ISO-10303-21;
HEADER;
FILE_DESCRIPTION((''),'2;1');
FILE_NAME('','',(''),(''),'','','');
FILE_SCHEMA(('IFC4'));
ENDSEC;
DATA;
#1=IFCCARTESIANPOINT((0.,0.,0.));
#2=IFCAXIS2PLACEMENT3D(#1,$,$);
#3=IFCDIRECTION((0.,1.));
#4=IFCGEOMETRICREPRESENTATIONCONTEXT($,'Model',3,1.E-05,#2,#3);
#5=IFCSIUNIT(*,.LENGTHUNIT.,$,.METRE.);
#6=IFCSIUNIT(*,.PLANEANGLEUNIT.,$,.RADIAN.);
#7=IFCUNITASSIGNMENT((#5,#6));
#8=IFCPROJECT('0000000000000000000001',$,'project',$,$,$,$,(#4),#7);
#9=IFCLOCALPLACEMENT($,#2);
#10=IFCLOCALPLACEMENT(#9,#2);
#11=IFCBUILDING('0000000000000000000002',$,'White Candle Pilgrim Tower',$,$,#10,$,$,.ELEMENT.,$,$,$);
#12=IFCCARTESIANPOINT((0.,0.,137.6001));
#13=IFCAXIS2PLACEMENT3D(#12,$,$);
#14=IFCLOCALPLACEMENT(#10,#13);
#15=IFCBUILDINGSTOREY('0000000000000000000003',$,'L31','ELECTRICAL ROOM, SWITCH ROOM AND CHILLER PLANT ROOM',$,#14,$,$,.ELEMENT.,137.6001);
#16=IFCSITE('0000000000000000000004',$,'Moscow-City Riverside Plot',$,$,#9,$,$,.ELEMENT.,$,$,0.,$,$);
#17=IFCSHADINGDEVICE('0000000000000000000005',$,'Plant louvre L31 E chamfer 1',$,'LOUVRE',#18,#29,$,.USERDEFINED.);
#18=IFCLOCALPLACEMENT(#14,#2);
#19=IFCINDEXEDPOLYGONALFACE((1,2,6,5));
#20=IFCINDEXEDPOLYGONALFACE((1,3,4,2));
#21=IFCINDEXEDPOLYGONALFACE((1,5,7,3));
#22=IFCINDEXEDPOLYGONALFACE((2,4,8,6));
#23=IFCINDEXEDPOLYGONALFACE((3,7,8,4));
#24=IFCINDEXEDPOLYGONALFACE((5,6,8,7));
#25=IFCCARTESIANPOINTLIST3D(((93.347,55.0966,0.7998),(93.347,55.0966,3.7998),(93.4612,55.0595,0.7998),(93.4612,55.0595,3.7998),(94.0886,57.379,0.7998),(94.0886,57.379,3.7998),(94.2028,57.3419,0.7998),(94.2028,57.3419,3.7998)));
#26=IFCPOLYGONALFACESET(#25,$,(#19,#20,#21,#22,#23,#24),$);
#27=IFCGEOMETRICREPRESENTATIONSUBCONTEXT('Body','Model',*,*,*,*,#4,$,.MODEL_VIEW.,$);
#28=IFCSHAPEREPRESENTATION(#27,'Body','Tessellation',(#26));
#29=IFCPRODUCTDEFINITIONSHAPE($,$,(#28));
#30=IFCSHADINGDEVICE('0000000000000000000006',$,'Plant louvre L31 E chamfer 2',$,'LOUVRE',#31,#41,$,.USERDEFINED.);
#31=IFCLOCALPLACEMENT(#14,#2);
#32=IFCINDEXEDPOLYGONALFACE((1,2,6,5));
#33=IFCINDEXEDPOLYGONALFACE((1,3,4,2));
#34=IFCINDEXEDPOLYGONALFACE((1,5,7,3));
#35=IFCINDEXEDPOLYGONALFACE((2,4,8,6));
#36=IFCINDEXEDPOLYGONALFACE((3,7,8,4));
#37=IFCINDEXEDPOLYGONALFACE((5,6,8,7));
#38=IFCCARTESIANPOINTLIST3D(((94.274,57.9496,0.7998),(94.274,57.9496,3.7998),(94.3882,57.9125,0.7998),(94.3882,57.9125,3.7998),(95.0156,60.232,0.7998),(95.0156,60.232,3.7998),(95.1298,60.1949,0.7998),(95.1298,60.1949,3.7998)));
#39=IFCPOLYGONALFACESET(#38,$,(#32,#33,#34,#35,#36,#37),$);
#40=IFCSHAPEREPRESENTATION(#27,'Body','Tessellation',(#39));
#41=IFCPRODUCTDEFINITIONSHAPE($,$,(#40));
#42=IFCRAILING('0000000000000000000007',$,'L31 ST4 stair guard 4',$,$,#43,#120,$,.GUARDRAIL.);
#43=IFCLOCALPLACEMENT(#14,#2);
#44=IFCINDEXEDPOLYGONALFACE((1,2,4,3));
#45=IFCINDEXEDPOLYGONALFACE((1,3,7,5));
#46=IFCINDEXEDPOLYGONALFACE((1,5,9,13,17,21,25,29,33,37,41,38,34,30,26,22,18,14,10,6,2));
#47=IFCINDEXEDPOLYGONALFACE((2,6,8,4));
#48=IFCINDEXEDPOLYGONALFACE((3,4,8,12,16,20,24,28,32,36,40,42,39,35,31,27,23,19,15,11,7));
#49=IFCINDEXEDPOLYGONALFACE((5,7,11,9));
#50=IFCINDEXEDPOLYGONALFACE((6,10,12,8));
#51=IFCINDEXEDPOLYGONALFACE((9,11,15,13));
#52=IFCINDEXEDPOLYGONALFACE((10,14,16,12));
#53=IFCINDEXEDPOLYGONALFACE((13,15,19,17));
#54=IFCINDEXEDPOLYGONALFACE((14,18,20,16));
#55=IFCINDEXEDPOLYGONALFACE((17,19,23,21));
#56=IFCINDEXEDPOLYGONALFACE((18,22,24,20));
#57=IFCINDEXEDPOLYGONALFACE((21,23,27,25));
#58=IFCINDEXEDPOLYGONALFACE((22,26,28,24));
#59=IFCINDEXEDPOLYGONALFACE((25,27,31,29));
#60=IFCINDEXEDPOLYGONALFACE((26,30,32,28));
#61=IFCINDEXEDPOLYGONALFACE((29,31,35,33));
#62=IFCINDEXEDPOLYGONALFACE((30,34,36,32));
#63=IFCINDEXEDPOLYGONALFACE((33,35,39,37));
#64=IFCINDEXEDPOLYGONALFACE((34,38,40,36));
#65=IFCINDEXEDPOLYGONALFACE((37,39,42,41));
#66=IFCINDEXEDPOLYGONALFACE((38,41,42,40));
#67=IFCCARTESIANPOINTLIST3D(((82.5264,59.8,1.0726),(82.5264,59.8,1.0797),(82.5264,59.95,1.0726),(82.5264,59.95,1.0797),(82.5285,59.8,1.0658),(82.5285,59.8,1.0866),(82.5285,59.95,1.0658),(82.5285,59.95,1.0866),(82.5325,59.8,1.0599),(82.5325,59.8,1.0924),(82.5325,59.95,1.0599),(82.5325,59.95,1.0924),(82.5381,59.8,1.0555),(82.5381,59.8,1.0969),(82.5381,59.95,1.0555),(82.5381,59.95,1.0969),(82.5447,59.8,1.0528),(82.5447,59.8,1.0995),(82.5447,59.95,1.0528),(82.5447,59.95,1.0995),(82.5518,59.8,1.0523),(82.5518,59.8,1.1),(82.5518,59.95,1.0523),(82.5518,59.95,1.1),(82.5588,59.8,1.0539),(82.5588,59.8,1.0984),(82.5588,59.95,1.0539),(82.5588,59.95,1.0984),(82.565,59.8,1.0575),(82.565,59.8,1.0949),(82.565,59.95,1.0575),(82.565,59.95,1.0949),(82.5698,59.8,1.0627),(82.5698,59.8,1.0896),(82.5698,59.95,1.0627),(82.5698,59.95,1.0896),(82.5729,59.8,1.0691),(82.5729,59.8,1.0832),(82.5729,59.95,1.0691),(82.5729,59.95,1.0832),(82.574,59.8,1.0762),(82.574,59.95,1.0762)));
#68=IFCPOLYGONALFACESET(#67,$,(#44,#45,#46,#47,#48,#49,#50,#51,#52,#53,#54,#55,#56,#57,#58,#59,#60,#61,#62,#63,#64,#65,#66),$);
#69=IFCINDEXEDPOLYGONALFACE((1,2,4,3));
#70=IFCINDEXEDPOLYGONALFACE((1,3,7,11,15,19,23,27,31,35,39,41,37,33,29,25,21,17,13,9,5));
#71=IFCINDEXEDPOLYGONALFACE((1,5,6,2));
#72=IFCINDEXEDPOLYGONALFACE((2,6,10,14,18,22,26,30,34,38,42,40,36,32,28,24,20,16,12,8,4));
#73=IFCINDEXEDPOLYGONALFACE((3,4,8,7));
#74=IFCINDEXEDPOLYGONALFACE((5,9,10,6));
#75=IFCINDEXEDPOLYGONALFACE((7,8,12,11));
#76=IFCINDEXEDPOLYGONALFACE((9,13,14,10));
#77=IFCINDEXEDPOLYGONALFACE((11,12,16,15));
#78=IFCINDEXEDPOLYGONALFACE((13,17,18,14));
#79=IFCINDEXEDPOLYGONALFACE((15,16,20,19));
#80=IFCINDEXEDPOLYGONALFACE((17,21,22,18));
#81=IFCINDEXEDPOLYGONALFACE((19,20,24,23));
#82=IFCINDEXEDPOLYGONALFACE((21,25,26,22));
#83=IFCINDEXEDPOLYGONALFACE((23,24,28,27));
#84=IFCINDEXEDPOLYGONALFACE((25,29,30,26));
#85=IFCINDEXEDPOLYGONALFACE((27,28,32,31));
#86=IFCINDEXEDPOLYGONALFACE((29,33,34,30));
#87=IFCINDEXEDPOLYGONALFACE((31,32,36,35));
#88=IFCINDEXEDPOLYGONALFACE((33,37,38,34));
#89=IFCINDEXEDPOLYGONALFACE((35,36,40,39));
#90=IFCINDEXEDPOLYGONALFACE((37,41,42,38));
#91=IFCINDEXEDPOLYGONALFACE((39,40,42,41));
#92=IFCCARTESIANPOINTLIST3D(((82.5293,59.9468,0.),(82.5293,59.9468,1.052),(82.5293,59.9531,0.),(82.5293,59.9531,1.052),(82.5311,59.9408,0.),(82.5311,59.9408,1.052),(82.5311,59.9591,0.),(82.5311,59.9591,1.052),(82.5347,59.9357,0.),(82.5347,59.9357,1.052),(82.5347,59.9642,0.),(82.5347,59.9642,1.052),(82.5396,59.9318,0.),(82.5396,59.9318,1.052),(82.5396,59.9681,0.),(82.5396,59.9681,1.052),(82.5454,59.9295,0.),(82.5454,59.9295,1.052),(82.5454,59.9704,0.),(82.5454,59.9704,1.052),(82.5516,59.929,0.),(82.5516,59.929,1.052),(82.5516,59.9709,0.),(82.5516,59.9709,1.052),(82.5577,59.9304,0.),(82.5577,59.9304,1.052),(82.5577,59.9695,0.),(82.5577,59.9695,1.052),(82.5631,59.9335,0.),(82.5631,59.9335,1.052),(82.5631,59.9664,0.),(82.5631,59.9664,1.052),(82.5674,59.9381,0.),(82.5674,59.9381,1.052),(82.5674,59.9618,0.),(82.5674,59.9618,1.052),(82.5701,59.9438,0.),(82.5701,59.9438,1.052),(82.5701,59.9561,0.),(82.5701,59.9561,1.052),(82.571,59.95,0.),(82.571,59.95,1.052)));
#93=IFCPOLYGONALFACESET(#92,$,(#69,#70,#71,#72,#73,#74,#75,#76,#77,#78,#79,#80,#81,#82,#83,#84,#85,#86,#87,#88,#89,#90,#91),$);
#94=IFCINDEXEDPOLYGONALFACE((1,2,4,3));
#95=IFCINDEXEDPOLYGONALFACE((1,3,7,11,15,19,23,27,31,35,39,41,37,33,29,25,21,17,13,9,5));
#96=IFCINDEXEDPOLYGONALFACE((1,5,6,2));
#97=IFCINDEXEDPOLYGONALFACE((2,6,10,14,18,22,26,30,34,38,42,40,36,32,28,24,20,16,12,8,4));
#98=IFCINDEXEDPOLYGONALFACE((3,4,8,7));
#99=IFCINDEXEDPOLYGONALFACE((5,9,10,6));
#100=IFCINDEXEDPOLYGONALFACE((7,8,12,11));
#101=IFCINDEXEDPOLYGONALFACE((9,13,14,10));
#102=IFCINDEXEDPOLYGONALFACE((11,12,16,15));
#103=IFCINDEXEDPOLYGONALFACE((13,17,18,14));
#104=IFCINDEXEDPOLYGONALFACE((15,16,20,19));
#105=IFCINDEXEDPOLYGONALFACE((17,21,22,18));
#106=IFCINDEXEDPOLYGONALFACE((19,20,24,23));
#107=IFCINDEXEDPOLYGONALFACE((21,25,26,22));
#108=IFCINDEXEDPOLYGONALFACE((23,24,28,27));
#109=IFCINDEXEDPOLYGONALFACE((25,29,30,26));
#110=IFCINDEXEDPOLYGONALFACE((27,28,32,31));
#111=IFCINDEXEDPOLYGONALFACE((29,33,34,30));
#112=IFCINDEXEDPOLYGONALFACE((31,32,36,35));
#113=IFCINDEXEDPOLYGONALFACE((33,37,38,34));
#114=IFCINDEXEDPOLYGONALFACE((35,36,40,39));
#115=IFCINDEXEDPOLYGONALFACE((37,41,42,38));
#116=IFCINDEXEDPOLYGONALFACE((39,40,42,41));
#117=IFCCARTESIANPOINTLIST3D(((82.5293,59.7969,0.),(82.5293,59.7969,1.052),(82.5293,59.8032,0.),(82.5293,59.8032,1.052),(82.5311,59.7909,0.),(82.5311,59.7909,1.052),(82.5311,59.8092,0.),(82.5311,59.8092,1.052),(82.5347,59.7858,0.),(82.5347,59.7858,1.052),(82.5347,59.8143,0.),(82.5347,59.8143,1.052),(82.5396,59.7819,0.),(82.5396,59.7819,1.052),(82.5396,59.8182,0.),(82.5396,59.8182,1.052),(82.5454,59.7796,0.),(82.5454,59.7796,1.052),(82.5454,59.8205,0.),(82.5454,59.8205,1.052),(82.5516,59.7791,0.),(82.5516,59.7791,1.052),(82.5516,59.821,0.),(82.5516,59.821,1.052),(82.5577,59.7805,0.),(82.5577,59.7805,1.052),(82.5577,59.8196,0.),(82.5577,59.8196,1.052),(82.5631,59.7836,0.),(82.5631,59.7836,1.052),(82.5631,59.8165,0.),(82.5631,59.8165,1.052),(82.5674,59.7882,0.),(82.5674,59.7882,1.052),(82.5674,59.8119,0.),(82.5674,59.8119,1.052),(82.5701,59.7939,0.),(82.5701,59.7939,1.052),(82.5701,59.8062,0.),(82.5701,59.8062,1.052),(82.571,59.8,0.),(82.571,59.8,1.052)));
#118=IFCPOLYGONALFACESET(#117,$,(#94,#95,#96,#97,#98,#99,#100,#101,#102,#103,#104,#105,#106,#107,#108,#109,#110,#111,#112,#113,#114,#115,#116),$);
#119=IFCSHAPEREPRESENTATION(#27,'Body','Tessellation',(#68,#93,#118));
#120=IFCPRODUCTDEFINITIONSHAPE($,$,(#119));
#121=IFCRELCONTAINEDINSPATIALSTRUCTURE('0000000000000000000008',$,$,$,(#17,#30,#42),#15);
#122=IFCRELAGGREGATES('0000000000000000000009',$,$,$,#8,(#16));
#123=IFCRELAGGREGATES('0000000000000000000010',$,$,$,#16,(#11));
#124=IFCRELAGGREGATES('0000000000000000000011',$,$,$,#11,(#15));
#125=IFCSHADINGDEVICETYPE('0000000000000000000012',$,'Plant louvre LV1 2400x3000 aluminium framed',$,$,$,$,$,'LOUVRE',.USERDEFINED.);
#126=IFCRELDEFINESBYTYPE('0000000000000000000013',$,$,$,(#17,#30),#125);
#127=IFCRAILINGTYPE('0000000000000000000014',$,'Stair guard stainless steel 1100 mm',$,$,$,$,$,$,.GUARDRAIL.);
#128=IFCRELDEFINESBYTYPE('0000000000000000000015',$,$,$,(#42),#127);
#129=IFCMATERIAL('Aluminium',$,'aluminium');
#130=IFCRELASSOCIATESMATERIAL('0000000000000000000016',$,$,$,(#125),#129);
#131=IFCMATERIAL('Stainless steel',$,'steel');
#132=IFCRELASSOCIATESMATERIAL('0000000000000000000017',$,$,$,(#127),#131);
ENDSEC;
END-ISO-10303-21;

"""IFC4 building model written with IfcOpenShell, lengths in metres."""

from ifc_helpers import new_model, si_unit, direction, frame, origin, origin_2d, place, context, subcontext, project, spatial, rectangle, circle, extrude, material, type_object, element, save


model = new_model("IFC4")

# Units and contexts
model_context = context("Model", 3, precision=1e-05, world=origin(), true_north=direction((0.0, 1.0)))
body_context = subcontext(model_context, "Body", "Model", "MODEL_VIEW")
ifc_project = project(units=[si_unit("LENGTHUNIT", "METRE"), si_unit("PLANEANGLEUNIT", "RADIAN")], contexts=[model_context])

# Site, building, storey
site_placement = place(None, origin())
site = spatial("IfcSite", under=ifc_project, at=site_placement, Name="Moscow-City Riverside Plot", CompositionType="ELEMENT", RefElevation=0.0)
building_placement = place(site_placement, origin())
building = spatial("IfcBuilding", under=site, at=building_placement, Name="White Candle Pilgrim Tower", CompositionType="ELEMENT")
storey_placement = place(building_placement, frame((0.0, 0.0, 137.6001)))
storey = spatial("IfcBuildingStorey", under=building, at=storey_placement, Name="L31", Description="ELECTRICAL ROOM, SWITCH ROOM AND CHILLER PLANT ROOM", CompositionType="ELEMENT", Elevation=137.6001)

# Shading devices
ifc_material_1 = material(Name="Aluminium", Category="aluminium")
shading_device_type = type_object("IfcShadingDeviceType", Name="Plant louvre LV1 2400x3000 aluminium framed", ElementType="LOUVRE", PredefinedType="USERDEFINED", material=ifc_material_1)
for number, where, z_axis, x_axis, name in (
    (1, (93.7749, 56.2192, 0.7998), (0.0, 0.0, 1.0), (0.309017, 0.951057, 0.0), "Plant louvre L31 E chamfer 1"),
    (2, (94.7019, 59.0723, 0.7998), (0.0, 0.0, 1.0), (0.309017, 0.951057, 0.0), "Plant louvre L31 E chamfer 2"),
):
    element("IfcShadingDevice", number, at=place(storey_placement, frame(where, z_axis=z_axis, x_axis=x_axis)), inside=storey, type_object=shading_device_type, Name=name, ObjectType="LOUVRE", PredefinedType="USERDEFINED", context=body_context, shape_type="SweptSolid", body=[
        extrude(rectangle(XDim=2.3999, YDim=0.1201, at=origin_2d()), origin(), (0.0, 0.0, 1.0), 3.0),
    ])

# Railing
ifc_material_2 = material(Name="Stainless steel", Category="steel")
railing_type = type_object("IfcRailingType", Name="Stair guard stainless steel 1100 mm", PredefinedType="GUARDRAIL", material=ifc_material_2)
railing_placement = place(storey_placement, frame((82.55, 59.95, 0.0)))
element("IfcRailing", 3, at=railing_placement, inside=storey, type_object=railing_type, Name="L31 ST4 stair guard 4", PredefinedType="GUARDRAIL", context=body_context, shape_type="SweptSolid", body=[
    extrude(circle(Radius=0.0239, at=origin_2d()), frame((0.0, 0.0, 1.0762), z_axis=(0.0, -1.0, 0.0), x_axis=(1.0, 0.0, 0.0)), (0.0, 0.0, 1.0), 0.1499),
    extrude(circle(Radius=0.021, at=origin_2d()), origin(), (0.0, 0.0, 1.0), 1.052),
    extrude(circle(Radius=0.021, at=origin_2d()), frame((0.0, -0.1499, 0.0)), (0.0, 0.0, 1.0), 1.052),
])

save(model, "model.ifc")
